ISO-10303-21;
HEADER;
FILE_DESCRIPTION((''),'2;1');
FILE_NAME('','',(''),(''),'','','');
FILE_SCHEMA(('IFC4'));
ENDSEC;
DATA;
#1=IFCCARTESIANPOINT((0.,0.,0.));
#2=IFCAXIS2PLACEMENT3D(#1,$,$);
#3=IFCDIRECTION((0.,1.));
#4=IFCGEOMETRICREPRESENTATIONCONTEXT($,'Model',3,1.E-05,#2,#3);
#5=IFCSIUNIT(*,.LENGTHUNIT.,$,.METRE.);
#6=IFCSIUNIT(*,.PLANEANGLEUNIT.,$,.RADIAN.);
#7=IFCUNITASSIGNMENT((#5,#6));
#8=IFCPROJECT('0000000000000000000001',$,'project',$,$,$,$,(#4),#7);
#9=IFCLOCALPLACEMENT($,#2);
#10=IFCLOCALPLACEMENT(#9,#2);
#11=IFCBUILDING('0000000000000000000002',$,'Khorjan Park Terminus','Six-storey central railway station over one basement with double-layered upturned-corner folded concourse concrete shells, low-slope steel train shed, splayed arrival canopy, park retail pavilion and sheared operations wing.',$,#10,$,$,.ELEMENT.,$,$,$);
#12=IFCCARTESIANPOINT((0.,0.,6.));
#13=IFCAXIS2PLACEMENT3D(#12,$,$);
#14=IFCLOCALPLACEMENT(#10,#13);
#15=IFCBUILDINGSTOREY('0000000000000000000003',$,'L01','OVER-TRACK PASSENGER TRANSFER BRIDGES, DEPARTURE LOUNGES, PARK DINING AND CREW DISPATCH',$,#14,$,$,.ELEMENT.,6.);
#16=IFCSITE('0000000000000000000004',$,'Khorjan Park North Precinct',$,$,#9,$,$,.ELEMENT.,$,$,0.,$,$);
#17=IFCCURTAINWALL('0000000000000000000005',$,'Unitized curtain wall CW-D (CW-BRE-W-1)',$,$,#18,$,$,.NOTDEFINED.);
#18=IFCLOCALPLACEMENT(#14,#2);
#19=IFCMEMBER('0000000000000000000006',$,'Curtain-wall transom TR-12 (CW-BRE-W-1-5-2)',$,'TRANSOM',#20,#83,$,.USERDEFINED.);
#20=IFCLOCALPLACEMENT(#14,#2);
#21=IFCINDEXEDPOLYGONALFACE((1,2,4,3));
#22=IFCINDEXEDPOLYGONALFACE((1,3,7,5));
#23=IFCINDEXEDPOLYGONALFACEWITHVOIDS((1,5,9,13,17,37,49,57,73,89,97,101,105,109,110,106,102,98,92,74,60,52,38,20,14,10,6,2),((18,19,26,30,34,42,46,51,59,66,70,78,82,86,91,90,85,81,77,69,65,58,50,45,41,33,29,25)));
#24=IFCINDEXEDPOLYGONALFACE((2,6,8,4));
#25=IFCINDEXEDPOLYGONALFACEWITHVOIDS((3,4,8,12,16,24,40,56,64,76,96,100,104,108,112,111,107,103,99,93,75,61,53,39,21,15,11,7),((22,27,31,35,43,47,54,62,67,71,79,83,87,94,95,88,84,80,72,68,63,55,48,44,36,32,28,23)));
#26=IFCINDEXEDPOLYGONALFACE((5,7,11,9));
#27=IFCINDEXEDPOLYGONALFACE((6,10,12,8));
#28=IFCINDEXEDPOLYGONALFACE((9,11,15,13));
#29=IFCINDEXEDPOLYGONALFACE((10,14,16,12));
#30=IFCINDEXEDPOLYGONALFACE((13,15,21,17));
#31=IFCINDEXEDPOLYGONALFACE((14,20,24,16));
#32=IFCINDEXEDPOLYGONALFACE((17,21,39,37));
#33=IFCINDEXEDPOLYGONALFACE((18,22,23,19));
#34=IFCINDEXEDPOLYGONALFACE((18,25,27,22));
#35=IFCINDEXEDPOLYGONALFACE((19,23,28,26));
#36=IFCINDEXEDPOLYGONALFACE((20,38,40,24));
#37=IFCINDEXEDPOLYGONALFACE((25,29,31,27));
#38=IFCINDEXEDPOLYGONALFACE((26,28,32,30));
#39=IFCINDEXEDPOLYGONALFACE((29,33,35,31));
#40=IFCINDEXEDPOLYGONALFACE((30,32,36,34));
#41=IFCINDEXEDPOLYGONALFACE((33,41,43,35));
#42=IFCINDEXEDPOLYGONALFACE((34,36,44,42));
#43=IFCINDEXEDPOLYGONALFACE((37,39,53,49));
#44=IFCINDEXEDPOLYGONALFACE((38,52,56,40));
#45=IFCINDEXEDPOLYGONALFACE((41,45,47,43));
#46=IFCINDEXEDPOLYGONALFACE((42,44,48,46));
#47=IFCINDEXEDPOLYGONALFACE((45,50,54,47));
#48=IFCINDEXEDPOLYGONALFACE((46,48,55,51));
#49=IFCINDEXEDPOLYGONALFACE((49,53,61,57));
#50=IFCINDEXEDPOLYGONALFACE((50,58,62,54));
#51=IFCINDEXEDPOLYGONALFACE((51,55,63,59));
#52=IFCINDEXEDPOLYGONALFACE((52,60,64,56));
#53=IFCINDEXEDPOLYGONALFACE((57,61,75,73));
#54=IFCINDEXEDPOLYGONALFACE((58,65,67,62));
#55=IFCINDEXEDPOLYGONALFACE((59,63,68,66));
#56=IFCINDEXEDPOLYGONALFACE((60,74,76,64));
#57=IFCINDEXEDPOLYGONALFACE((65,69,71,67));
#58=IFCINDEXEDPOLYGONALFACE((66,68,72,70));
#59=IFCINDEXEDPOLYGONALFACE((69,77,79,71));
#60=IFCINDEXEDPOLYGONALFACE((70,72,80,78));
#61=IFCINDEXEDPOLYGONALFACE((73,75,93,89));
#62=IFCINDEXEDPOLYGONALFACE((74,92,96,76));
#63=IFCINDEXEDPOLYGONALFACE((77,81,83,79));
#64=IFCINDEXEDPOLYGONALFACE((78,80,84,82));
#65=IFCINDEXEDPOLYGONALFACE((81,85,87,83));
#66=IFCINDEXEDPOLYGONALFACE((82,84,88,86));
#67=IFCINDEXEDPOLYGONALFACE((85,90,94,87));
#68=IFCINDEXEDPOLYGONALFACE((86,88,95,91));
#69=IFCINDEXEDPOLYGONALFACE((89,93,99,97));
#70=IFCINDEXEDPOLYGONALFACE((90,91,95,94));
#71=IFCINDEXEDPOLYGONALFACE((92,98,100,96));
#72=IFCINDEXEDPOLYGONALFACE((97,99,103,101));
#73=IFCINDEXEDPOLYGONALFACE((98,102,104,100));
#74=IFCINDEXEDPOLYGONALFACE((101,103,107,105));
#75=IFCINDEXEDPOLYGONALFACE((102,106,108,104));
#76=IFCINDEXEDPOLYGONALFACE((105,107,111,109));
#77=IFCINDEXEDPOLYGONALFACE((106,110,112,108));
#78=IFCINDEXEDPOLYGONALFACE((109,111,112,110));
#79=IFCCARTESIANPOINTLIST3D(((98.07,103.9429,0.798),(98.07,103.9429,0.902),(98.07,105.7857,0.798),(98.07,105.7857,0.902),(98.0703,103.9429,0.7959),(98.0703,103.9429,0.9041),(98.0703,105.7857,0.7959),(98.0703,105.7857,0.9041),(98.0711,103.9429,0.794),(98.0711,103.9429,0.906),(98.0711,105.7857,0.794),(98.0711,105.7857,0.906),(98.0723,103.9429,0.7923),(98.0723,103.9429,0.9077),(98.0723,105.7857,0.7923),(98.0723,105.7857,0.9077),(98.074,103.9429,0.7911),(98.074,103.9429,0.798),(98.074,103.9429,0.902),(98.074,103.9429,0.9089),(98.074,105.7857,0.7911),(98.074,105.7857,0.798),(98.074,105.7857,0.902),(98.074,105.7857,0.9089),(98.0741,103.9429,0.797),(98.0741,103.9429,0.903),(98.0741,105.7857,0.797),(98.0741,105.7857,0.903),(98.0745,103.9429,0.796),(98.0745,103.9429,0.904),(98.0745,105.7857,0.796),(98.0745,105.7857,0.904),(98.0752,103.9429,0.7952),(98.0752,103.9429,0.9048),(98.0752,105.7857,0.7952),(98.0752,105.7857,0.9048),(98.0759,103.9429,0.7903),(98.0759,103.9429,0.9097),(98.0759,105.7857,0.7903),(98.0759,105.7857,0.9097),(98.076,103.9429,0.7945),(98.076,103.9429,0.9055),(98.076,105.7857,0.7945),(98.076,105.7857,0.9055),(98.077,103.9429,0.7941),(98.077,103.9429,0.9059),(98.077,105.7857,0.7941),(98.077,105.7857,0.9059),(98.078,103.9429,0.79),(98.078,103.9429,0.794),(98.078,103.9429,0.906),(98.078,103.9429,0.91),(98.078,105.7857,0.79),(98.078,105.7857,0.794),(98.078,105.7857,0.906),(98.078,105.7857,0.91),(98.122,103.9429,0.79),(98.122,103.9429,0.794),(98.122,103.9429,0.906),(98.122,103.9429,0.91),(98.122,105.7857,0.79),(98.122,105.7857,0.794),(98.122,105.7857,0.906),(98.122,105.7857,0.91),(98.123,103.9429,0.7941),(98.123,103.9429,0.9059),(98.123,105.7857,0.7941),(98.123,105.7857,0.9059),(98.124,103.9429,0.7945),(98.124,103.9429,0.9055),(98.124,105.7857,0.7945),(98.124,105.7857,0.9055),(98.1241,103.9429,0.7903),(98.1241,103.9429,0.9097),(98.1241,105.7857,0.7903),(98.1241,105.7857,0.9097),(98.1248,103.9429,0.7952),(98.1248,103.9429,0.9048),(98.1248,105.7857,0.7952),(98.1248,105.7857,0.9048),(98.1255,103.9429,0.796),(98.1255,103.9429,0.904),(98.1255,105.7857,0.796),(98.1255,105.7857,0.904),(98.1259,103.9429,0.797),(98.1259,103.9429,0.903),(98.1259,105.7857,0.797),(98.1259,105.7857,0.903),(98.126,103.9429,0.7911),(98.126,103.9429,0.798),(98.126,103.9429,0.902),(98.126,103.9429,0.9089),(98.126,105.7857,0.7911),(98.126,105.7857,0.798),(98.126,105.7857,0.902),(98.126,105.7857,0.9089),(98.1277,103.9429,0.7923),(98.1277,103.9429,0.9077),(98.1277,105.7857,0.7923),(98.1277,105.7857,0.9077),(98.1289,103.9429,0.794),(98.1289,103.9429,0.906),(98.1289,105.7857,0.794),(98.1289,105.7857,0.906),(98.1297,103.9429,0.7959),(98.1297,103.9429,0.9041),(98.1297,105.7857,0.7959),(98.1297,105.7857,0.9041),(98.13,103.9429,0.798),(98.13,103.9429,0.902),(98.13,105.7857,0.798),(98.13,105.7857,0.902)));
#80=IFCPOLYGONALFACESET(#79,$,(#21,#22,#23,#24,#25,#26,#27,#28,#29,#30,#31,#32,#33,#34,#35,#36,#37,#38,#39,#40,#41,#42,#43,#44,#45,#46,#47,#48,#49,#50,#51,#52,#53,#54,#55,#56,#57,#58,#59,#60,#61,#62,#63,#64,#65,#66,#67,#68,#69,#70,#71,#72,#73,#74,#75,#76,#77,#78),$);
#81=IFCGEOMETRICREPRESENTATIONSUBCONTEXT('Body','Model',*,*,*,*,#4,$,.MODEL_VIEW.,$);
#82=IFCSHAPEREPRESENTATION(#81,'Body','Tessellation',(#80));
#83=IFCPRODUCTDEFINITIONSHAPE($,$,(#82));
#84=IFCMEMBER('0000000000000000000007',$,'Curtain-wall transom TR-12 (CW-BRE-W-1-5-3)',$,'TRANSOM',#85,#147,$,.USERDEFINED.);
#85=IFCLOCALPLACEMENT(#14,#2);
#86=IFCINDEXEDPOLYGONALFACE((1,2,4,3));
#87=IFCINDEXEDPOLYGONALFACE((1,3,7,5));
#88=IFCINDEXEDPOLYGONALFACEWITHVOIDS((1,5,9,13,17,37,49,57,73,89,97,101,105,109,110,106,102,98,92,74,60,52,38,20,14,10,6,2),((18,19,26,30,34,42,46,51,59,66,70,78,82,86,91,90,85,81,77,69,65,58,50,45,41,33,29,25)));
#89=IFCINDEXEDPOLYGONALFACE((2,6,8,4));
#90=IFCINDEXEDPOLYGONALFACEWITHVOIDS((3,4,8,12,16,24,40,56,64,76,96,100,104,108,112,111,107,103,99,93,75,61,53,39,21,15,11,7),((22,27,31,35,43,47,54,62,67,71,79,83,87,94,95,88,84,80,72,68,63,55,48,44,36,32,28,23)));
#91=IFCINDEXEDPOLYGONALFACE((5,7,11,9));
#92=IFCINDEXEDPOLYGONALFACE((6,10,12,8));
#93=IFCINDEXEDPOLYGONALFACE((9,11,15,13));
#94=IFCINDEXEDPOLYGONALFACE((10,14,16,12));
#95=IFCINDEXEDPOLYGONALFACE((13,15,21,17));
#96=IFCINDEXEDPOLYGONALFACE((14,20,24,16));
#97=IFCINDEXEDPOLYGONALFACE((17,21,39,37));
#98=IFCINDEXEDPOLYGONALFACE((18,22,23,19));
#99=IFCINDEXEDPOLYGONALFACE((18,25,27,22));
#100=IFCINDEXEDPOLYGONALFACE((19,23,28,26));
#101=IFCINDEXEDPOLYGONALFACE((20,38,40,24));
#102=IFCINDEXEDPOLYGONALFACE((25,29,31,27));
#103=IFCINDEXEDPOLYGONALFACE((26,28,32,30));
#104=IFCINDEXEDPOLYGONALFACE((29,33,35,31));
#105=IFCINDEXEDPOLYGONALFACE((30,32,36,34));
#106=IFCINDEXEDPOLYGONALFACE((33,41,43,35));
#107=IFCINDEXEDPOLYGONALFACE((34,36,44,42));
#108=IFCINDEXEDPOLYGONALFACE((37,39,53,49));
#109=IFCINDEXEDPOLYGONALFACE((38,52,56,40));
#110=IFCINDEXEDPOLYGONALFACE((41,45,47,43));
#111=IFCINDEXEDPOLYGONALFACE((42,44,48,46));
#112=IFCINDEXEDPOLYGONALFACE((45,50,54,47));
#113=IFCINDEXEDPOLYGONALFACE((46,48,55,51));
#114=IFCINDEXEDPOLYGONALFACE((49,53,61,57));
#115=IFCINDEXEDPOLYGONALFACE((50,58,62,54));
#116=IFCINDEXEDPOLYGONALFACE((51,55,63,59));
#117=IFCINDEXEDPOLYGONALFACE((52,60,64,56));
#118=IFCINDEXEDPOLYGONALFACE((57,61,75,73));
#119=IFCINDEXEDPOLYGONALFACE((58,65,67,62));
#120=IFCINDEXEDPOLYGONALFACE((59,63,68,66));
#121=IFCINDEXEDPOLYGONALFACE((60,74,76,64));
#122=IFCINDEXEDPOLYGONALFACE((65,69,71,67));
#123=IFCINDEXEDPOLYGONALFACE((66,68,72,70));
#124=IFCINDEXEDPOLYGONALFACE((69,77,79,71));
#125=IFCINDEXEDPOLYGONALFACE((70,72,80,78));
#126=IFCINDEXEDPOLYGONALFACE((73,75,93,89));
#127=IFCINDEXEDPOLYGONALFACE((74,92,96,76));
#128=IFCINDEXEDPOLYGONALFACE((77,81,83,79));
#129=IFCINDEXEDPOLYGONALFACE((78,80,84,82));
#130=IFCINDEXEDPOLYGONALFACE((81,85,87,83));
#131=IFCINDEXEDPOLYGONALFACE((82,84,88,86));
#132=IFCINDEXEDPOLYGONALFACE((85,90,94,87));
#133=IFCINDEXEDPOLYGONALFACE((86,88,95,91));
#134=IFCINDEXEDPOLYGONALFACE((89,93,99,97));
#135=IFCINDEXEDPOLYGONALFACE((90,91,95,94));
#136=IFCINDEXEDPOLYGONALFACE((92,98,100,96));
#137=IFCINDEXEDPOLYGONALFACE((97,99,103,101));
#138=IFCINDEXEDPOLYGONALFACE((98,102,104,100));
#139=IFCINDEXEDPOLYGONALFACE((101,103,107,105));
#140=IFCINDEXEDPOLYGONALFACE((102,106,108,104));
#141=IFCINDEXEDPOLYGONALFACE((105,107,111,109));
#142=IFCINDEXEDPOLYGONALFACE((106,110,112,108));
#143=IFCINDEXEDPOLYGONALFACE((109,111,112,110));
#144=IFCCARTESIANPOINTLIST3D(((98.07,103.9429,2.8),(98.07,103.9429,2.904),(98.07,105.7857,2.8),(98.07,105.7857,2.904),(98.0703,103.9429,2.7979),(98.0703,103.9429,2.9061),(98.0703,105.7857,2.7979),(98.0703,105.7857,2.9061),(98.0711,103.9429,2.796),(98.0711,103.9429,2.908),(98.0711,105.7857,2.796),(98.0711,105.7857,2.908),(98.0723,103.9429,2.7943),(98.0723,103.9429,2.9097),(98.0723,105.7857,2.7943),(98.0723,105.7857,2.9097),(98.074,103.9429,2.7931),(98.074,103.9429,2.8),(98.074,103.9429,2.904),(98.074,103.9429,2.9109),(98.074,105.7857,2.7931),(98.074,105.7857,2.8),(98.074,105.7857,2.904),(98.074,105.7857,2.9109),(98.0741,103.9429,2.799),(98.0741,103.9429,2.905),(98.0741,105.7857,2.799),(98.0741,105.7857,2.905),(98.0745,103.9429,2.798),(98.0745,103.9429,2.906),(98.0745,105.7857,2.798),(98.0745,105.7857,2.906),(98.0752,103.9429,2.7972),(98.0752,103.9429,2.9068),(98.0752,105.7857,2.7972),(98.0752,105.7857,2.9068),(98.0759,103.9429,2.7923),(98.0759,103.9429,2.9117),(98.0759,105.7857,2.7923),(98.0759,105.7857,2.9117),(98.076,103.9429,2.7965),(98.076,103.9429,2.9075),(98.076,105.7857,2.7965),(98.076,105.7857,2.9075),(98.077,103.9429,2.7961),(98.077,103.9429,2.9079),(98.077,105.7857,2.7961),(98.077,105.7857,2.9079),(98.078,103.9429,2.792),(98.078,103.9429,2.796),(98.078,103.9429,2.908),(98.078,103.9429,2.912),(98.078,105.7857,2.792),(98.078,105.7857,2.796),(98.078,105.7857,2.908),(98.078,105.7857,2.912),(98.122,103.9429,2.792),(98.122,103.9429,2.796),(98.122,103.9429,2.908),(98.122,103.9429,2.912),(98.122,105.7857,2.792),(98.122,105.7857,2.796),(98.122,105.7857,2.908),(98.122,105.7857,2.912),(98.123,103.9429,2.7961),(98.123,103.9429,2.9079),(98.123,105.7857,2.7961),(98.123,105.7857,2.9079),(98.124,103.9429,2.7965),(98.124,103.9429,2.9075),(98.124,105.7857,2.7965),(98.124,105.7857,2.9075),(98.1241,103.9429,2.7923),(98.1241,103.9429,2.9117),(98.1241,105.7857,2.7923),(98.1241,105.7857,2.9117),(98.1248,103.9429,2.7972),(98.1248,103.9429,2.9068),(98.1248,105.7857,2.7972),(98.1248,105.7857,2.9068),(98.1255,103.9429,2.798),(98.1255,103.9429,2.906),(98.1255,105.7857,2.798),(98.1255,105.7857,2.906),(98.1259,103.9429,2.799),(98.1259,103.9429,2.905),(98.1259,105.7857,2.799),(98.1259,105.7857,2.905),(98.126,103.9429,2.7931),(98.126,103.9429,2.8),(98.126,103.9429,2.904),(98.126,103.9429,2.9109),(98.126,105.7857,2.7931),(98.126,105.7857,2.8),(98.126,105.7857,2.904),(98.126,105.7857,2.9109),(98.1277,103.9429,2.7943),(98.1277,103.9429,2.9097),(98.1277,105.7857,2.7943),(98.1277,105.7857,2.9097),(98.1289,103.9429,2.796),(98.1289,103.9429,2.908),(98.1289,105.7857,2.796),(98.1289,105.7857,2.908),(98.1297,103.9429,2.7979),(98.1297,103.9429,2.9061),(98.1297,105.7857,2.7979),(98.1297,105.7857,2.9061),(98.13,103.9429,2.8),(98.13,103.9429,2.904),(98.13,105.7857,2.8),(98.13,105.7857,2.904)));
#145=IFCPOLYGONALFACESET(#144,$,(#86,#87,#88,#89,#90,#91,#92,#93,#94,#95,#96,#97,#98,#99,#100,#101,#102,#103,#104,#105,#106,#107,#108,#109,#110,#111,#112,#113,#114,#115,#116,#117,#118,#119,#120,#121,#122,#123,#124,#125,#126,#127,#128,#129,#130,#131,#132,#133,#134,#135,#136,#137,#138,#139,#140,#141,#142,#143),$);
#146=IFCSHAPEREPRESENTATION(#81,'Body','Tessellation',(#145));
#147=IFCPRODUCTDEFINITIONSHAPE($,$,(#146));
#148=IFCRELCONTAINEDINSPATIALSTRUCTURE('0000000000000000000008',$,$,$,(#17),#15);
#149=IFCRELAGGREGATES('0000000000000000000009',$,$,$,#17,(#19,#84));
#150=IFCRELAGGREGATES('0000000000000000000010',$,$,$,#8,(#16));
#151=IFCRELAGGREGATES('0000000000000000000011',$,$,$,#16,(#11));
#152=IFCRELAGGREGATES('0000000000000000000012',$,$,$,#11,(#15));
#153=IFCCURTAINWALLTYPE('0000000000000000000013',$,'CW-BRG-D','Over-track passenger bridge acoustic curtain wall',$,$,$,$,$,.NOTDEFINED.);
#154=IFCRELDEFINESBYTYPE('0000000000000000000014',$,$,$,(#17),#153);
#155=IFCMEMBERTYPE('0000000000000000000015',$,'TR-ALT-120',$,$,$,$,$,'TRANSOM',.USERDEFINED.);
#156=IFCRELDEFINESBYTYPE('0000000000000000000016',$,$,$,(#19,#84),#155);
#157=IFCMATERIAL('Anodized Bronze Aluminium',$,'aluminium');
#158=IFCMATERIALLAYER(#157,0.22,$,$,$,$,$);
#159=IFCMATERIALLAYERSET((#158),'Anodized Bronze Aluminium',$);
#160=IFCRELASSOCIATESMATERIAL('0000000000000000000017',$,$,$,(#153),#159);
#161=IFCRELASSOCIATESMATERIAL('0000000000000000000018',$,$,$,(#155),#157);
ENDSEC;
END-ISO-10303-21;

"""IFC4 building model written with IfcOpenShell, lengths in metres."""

from ifc_helpers import new_model, si_unit, direction, frame, origin, origin_2d, place, context, subcontext, project, spatial, hollow_rectangle, extrude, material, layer, layer_set, material_profile, profile_set, type_object, element, aggregate, save


model = new_model("IFC4")

# Units and contexts
model_context = context("Model", 3, precision=1e-05, world=origin(), true_north=direction((0.0, 1.0)))
body_context = subcontext(model_context, "Body", "Model", "MODEL_VIEW")
ifc_project = project(units=[si_unit("LENGTHUNIT", "METRE"), si_unit("PLANEANGLEUNIT", "RADIAN")], contexts=[model_context])

# Site, building, storey
site_placement = place(None, origin())
site = spatial("IfcSite", under=ifc_project, at=site_placement, Name="Khorjan Park North Precinct", CompositionType="ELEMENT", RefElevation=0.0)
building_placement = place(site_placement, origin())
building = spatial("IfcBuilding", under=site, at=building_placement, Name="Khorjan Park Terminus", Description="Six-storey central railway station over one basement with double-layered upturned-corner folded concourse concrete shells, low-slope steel train shed, splayed arrival canopy, park retail pavilion and sheared operations wing.", CompositionType="ELEMENT")
storey_placement = place(building_placement, frame((0.0, 0.0, 6.0)))
storey = spatial("IfcBuildingStorey", under=building, at=storey_placement, Name="L01", Description="OVER-TRACK PASSENGER TRANSFER BRIDGES, DEPARTURE LOUNGES, PARK DINING AND CREW DISPATCH", CompositionType="ELEMENT", Elevation=6.0)

# Curtain wall
ifc_material_1 = material(Name="Anodized Bronze Aluminium", Category="aluminium")
ifc_layer_1 = layer(ifc_material_1, 0.22)
ifc_layer_set_1 = layer_set([ifc_layer_1], Name="Anodized Bronze Aluminium")
curtain_wall_type = type_object("IfcCurtainWallType", Name="CW-BRG-D", Description="Over-track passenger bridge acoustic curtain wall", PredefinedType="NOTDEFINED", material=ifc_layer_set_1)
curtain_wall_1_placement = place(storey_placement, origin())
curtain_wall_1 = element("IfcCurtainWall", 1, at=curtain_wall_1_placement, inside=storey, type_object=curtain_wall_type, Name="Unitized curtain wall CW-D (CW-BRE-W-1)", PredefinedType="NOTDEFINED")

# Members
ifc_material_profile_1 = material_profile(ifc_material_1, hollow_rectangle(XDim=0.06, YDim=0.12, WallThickness=0.004, InnerFilletRadius=0.004, OuterFilletRadius=0.008, at=origin_2d()), Name="ALT 60x120x4")
ifc_profile_set_1 = profile_set([ifc_material_profile_1], Name="Anodized Bronze Aluminium")
member_type_1 = type_object("IfcMemberType", Name="TR-ALT-120", ElementType="TRANSOM", PredefinedType="USERDEFINED", material=ifc_profile_set_1)
member_1_placement = place(storey_placement, frame((98.1, 105.7857, 0.85), z_axis=(0.0, -1.0, 0.0), x_axis=(1.0, 0.0, 0.0)))
member_1 = element("IfcMember", 2, at=member_1_placement, type_object=member_type_1, Name="Curtain-wall transom TR-12 (CW-BRE-W-1-5-2)", ObjectType="TRANSOM", PredefinedType="USERDEFINED", context=body_context, shape_type="SweptSolid", body=[
    extrude(hollow_rectangle(XDim=0.06, YDim=0.12, WallThickness=0.004, InnerFilletRadius=0.004, OuterFilletRadius=0.008, at=origin_2d()), origin(), (0.0, 0.0, 1.0), 1.8428),
])
member_2_placement = place(storey_placement, frame((98.1, 105.7857, 2.852), z_axis=(0.0, -1.0, 0.0), x_axis=(1.0, 0.0, 0.0)))
member_2 = element("IfcMember", 3, at=member_2_placement, type_object=member_type_1, Name="Curtain-wall transom TR-12 (CW-BRE-W-1-5-3)", ObjectType="TRANSOM", PredefinedType="USERDEFINED", context=body_context, shape_type="SweptSolid", body=[
    extrude(hollow_rectangle(XDim=0.06, YDim=0.12, WallThickness=0.004, InnerFilletRadius=0.004, OuterFilletRadius=0.008, at=origin_2d()), origin(), (0.0, 0.0, 1.0), 1.8428),
])

aggregate(curtain_wall_1, [member_1, member_2])

save(model, "model.ifc")
